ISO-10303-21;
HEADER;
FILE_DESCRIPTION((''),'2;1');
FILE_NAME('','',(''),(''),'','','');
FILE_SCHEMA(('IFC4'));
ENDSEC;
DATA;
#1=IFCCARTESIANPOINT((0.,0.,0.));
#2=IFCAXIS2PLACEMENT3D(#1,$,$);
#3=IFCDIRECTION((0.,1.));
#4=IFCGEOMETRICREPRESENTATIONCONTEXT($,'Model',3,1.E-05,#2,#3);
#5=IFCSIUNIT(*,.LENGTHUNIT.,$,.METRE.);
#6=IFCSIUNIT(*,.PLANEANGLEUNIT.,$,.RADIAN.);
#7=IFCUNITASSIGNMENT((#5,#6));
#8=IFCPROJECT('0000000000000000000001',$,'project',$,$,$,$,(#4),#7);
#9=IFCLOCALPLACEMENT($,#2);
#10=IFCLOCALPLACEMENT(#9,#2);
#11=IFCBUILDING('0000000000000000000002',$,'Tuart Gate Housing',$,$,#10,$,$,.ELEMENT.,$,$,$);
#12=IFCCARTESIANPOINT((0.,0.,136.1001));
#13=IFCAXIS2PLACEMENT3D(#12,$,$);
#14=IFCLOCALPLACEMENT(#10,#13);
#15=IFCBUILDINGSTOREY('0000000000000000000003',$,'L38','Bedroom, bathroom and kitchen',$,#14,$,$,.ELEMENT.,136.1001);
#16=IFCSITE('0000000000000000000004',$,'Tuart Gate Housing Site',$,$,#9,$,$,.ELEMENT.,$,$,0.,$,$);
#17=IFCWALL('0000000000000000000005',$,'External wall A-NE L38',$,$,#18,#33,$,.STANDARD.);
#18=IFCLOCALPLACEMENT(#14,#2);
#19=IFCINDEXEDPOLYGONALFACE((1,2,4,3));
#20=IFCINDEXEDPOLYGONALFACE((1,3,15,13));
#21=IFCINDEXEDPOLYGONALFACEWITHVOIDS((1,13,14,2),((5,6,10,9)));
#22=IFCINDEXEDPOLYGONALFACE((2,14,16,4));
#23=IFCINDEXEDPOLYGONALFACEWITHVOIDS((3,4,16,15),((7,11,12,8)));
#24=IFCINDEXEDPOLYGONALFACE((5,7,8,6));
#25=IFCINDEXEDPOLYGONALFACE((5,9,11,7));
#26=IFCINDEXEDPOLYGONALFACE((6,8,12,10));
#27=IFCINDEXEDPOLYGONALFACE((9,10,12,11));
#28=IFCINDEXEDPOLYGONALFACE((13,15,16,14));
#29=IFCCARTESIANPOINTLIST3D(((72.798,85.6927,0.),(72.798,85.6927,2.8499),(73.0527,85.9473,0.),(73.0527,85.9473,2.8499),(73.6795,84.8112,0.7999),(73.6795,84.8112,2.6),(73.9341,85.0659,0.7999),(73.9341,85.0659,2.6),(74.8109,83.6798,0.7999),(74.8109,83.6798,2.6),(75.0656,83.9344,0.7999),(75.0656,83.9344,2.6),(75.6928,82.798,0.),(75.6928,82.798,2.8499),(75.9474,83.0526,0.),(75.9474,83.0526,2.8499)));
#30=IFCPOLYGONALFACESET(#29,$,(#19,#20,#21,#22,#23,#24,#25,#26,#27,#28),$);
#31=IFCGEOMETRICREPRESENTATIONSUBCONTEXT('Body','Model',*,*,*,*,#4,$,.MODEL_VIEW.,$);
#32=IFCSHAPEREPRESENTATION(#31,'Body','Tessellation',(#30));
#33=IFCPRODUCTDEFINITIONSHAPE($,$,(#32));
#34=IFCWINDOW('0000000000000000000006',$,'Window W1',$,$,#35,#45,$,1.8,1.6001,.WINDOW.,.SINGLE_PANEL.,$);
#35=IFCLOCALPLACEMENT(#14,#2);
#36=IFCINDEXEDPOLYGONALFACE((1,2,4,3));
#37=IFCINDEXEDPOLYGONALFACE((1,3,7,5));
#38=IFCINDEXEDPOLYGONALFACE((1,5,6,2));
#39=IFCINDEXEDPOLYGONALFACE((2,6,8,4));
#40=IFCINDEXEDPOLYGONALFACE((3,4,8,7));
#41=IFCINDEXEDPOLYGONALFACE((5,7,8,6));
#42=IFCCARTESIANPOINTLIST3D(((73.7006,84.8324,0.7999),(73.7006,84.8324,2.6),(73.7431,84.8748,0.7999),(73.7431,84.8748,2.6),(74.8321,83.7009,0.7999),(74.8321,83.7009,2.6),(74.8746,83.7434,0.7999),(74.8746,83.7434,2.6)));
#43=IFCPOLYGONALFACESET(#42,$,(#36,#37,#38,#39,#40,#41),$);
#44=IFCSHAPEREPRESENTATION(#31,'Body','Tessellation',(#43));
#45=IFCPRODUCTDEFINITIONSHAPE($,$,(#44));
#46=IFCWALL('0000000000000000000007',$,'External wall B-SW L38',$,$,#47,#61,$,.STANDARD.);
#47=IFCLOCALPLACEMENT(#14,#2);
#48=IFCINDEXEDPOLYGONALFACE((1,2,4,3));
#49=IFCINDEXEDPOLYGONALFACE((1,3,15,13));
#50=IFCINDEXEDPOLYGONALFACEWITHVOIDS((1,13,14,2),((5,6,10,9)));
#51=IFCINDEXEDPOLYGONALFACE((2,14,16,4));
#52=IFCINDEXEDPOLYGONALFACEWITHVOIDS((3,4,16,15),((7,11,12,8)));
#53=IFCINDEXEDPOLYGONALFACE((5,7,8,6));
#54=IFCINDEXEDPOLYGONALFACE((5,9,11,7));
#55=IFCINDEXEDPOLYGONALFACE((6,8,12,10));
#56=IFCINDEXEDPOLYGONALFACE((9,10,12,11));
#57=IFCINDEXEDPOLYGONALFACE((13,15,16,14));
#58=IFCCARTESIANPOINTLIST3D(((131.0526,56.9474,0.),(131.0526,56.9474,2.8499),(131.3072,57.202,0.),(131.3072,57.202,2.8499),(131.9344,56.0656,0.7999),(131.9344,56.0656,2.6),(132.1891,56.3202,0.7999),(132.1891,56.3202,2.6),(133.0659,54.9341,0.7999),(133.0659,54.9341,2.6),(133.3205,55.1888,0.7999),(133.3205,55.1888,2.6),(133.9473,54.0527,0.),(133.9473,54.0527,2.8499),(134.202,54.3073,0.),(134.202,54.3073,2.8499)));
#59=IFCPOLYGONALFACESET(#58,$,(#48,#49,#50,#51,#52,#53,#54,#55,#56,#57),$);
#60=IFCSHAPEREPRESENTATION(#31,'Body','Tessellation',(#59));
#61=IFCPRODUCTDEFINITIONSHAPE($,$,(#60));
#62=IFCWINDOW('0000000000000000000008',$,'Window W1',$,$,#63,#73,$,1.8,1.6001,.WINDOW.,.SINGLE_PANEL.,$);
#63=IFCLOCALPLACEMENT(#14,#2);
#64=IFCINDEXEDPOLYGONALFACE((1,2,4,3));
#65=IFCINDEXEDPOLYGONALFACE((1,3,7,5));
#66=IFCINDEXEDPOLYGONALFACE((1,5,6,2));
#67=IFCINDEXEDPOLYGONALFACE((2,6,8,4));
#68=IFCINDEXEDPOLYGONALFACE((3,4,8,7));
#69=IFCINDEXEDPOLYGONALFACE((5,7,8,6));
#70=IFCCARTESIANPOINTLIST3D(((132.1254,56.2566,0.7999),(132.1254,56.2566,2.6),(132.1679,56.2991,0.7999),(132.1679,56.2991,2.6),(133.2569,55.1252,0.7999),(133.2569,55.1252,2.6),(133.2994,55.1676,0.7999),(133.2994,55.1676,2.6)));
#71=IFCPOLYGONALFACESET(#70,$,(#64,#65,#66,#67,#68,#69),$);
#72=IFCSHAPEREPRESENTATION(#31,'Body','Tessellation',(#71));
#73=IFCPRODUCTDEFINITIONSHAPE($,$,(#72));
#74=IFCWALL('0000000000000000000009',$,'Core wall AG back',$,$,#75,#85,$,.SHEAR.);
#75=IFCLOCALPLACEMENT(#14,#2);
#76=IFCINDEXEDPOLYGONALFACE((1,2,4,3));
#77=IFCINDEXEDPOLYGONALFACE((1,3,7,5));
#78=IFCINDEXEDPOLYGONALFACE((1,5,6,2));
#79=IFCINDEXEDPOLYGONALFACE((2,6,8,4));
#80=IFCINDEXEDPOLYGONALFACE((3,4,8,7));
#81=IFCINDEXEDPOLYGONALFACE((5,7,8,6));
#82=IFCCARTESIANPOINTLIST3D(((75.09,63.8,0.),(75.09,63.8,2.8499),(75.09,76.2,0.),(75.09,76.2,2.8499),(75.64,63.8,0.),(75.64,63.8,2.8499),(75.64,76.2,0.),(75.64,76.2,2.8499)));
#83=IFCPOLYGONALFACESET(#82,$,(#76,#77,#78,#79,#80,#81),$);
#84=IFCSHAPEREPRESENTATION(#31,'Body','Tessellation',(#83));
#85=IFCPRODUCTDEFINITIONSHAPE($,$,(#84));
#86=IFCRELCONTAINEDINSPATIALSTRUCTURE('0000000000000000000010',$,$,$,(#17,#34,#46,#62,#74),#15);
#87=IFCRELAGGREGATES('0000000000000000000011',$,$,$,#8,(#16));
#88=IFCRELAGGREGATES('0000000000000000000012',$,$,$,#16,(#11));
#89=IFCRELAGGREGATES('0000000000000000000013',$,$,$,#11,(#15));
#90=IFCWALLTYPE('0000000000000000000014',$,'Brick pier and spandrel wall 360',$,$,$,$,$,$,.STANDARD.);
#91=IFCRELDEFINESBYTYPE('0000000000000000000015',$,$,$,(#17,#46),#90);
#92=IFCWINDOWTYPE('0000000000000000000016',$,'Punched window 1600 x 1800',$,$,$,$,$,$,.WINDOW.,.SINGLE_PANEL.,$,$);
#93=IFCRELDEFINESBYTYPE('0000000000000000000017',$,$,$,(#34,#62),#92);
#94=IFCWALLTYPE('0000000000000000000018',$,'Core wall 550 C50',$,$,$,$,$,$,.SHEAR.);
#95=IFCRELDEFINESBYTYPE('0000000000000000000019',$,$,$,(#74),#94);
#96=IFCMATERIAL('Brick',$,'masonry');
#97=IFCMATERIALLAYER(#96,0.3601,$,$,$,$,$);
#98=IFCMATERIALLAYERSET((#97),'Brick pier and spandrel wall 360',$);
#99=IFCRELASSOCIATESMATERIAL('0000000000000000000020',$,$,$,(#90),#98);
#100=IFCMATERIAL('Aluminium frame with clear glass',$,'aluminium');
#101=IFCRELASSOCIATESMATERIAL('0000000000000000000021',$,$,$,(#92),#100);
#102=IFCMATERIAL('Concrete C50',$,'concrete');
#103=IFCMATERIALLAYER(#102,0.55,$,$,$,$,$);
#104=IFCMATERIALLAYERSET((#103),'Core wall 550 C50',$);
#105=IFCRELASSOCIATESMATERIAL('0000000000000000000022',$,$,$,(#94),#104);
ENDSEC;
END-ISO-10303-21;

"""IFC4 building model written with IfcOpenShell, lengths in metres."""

from ifc_helpers import new_model, si_unit, direction, frame, frame_2d, origin, place, context, subcontext, project, spatial, rectangle, extrude, material, layer, layer_set, type_object, element, fill, save


model = new_model("IFC4")

# Units and contexts
model_context = context("Model", 3, precision=1e-05, world=origin(), true_north=direction((0.0, 1.0)))
body_context = subcontext(model_context, "Body", "Model", "MODEL_VIEW")
ifc_project = project(units=[si_unit("LENGTHUNIT", "METRE"), si_unit("PLANEANGLEUNIT", "RADIAN")], contexts=[model_context])

# Site, building, storey
site_placement = place(None, origin())
site = spatial("IfcSite", under=ifc_project, at=site_placement, Name="Tuart Gate Housing Site", CompositionType="ELEMENT", RefElevation=0.0)
building_placement = place(site_placement, origin())
building = spatial("IfcBuilding", under=site, at=building_placement, Name="Tuart Gate Housing", CompositionType="ELEMENT")
storey_placement = place(building_placement, frame((0.0, 0.0, 136.1001)))
storey = spatial("IfcBuildingStorey", under=building, at=storey_placement, Name="L38", Description="Bedroom, bathroom and kitchen", CompositionType="ELEMENT", Elevation=136.1001)

# Shared definitions
ifc_material_1 = material(Name="Brick", Category="masonry")
ifc_layer_1 = layer(ifc_material_1, 0.3601)
ifc_layer_set_1 = layer_set([ifc_layer_1], Name="Brick pier and spandrel wall 360")
wall_type_1 = type_object("IfcWallType", Name="Brick pier and spandrel wall 360", PredefinedType="STANDARD", material=ifc_layer_set_1)
ifc_material_2 = material(Name="Aluminium frame with clear glass", Category="aluminium")
window_type_1 = type_object("IfcWindowType", Name="Punched window 1600 x 1800", PartitioningType="SINGLE_PANEL", PredefinedType="WINDOW", material=ifc_material_2)

# Walls, openings, windows
wall_1_placement = place(storey_placement, frame((75.8201, 82.9253, 0.0), z_axis=(0.0, 0.0, 1.0), x_axis=(-0.707107, 0.707107, 0.0)))
wall_1 = element("IfcWall", 1, at=wall_1_placement, inside=storey, type_object=wall_type_1, Name="External wall A-NE L38", PredefinedType="STANDARD", context=body_context, shape_type="SweptSolid", body=[
    extrude(rectangle(XDim=4.0938, YDim=0.3601, at=frame_2d((2.0469, 0.0))), origin(), (0.0, 0.0, 1.0), 2.8499),
])
opening_1_placement = place(wall_1_placement, frame((1.2471, 0.0, 0.8)))
opening_1 = element("IfcOpeningElement", 2, at=opening_1_placement, cuts=wall_1, PredefinedType="OPENING", context=body_context, shape_type="SweptSolid", body=[
    extrude(rectangle(XDim=1.6001, YDim=1.8, at=frame_2d((0.8, 0.8999))), frame((0.0, 0.1899, 0.0), z_axis=(0.0, -1.0, 0.0), x_axis=(1.0, 0.0, 0.0)), (0.0, 0.0, 1.0), 0.3801),
])
window_1_placement = place(opening_1_placement, origin())
window_1 = element("IfcWindow", 3, at=window_1_placement, inside=storey, type_object=window_type_1, Name="Window W1", OverallHeight=1.8, OverallWidth=1.6001, PartitioningType="SINGLE_PANEL", PredefinedType="WINDOW", context=body_context, shape_type="SweptSolid", body=[
    extrude(rectangle(XDim=1.6001, YDim=1.8, at=frame_2d((0.8, 0.8999))), frame((0.0, 0.1501, 0.0), z_axis=(0.0, -1.0, 0.0), x_axis=(1.0, 0.0, 0.0)), (0.0, 0.0, 1.0), 0.0601),
])
fill(opening_1, window_1)
wall_2_placement = place(storey_placement, frame((131.1799, 57.0747, 0.0), z_axis=(0.0, 0.0, 1.0), x_axis=(0.707107, -0.707107, 0.0)))
wall_2 = element("IfcWall", 4, at=wall_2_placement, inside=storey, type_object=wall_type_1, Name="External wall B-SW L38", PredefinedType="STANDARD", context=body_context, shape_type="SweptSolid", body=[
    extrude(rectangle(XDim=4.0938, YDim=0.3601, at=frame_2d((2.0469, 0.0))), origin(), (0.0, 0.0, 1.0), 2.8499),
])
opening_2_placement = place(wall_2_placement, frame((1.2471, 0.0, 0.8)))
opening_2 = element("IfcOpeningElement", 5, at=opening_2_placement, cuts=wall_2, PredefinedType="OPENING", context=body_context, shape_type="SweptSolid", body=[
    extrude(rectangle(XDim=1.6001, YDim=1.8, at=frame_2d((0.8, 0.8999))), frame((0.0, 0.1899, 0.0), z_axis=(0.0, -1.0, 0.0), x_axis=(1.0, 0.0, 0.0)), (0.0, 0.0, 1.0), 0.3801),
])
window_2_placement = place(opening_2_placement, origin())
window_2 = element("IfcWindow", 6, at=window_2_placement, inside=storey, type_object=window_type_1, Name="Window W1", OverallHeight=1.8, OverallWidth=1.6001, PartitioningType="SINGLE_PANEL", PredefinedType="WINDOW", context=body_context, shape_type="SweptSolid", body=[
    extrude(rectangle(XDim=1.6001, YDim=1.8, at=frame_2d((0.8, 0.8999))), frame((0.0, 0.1501, 0.0), z_axis=(0.0, -1.0, 0.0), x_axis=(1.0, 0.0, 0.0)), (0.0, 0.0, 1.0), 0.0601),
])
fill(opening_2, window_2)

# Wall
ifc_material_3 = material(Name="Concrete C50", Category="concrete")
ifc_layer_2 = layer(ifc_material_3, 0.55)
ifc_layer_set_2 = layer_set([ifc_layer_2], Name="Core wall 550 C50")
wall_type_2 = type_object("IfcWallType", Name="Core wall 550 C50", PredefinedType="SHEAR", material=ifc_layer_set_2)
wall_3_placement = place(storey_placement, frame((75.365, 63.8, 0.0), z_axis=(0.0, 0.0, 1.0), x_axis=(0.0, 1.0, 0.0)))
element("IfcWall", 7, at=wall_3_placement, inside=storey, type_object=wall_type_2, Name="Core wall AG back", PredefinedType="SHEAR", context=body_context, shape_type="SweptSolid", body=[
    extrude(rectangle(XDim=12.3999, YDim=0.55, at=frame_2d((6.2, 0.0))), origin(), (0.0, 0.0, 1.0), 2.8499),
])

save(model, "model.ifc")
